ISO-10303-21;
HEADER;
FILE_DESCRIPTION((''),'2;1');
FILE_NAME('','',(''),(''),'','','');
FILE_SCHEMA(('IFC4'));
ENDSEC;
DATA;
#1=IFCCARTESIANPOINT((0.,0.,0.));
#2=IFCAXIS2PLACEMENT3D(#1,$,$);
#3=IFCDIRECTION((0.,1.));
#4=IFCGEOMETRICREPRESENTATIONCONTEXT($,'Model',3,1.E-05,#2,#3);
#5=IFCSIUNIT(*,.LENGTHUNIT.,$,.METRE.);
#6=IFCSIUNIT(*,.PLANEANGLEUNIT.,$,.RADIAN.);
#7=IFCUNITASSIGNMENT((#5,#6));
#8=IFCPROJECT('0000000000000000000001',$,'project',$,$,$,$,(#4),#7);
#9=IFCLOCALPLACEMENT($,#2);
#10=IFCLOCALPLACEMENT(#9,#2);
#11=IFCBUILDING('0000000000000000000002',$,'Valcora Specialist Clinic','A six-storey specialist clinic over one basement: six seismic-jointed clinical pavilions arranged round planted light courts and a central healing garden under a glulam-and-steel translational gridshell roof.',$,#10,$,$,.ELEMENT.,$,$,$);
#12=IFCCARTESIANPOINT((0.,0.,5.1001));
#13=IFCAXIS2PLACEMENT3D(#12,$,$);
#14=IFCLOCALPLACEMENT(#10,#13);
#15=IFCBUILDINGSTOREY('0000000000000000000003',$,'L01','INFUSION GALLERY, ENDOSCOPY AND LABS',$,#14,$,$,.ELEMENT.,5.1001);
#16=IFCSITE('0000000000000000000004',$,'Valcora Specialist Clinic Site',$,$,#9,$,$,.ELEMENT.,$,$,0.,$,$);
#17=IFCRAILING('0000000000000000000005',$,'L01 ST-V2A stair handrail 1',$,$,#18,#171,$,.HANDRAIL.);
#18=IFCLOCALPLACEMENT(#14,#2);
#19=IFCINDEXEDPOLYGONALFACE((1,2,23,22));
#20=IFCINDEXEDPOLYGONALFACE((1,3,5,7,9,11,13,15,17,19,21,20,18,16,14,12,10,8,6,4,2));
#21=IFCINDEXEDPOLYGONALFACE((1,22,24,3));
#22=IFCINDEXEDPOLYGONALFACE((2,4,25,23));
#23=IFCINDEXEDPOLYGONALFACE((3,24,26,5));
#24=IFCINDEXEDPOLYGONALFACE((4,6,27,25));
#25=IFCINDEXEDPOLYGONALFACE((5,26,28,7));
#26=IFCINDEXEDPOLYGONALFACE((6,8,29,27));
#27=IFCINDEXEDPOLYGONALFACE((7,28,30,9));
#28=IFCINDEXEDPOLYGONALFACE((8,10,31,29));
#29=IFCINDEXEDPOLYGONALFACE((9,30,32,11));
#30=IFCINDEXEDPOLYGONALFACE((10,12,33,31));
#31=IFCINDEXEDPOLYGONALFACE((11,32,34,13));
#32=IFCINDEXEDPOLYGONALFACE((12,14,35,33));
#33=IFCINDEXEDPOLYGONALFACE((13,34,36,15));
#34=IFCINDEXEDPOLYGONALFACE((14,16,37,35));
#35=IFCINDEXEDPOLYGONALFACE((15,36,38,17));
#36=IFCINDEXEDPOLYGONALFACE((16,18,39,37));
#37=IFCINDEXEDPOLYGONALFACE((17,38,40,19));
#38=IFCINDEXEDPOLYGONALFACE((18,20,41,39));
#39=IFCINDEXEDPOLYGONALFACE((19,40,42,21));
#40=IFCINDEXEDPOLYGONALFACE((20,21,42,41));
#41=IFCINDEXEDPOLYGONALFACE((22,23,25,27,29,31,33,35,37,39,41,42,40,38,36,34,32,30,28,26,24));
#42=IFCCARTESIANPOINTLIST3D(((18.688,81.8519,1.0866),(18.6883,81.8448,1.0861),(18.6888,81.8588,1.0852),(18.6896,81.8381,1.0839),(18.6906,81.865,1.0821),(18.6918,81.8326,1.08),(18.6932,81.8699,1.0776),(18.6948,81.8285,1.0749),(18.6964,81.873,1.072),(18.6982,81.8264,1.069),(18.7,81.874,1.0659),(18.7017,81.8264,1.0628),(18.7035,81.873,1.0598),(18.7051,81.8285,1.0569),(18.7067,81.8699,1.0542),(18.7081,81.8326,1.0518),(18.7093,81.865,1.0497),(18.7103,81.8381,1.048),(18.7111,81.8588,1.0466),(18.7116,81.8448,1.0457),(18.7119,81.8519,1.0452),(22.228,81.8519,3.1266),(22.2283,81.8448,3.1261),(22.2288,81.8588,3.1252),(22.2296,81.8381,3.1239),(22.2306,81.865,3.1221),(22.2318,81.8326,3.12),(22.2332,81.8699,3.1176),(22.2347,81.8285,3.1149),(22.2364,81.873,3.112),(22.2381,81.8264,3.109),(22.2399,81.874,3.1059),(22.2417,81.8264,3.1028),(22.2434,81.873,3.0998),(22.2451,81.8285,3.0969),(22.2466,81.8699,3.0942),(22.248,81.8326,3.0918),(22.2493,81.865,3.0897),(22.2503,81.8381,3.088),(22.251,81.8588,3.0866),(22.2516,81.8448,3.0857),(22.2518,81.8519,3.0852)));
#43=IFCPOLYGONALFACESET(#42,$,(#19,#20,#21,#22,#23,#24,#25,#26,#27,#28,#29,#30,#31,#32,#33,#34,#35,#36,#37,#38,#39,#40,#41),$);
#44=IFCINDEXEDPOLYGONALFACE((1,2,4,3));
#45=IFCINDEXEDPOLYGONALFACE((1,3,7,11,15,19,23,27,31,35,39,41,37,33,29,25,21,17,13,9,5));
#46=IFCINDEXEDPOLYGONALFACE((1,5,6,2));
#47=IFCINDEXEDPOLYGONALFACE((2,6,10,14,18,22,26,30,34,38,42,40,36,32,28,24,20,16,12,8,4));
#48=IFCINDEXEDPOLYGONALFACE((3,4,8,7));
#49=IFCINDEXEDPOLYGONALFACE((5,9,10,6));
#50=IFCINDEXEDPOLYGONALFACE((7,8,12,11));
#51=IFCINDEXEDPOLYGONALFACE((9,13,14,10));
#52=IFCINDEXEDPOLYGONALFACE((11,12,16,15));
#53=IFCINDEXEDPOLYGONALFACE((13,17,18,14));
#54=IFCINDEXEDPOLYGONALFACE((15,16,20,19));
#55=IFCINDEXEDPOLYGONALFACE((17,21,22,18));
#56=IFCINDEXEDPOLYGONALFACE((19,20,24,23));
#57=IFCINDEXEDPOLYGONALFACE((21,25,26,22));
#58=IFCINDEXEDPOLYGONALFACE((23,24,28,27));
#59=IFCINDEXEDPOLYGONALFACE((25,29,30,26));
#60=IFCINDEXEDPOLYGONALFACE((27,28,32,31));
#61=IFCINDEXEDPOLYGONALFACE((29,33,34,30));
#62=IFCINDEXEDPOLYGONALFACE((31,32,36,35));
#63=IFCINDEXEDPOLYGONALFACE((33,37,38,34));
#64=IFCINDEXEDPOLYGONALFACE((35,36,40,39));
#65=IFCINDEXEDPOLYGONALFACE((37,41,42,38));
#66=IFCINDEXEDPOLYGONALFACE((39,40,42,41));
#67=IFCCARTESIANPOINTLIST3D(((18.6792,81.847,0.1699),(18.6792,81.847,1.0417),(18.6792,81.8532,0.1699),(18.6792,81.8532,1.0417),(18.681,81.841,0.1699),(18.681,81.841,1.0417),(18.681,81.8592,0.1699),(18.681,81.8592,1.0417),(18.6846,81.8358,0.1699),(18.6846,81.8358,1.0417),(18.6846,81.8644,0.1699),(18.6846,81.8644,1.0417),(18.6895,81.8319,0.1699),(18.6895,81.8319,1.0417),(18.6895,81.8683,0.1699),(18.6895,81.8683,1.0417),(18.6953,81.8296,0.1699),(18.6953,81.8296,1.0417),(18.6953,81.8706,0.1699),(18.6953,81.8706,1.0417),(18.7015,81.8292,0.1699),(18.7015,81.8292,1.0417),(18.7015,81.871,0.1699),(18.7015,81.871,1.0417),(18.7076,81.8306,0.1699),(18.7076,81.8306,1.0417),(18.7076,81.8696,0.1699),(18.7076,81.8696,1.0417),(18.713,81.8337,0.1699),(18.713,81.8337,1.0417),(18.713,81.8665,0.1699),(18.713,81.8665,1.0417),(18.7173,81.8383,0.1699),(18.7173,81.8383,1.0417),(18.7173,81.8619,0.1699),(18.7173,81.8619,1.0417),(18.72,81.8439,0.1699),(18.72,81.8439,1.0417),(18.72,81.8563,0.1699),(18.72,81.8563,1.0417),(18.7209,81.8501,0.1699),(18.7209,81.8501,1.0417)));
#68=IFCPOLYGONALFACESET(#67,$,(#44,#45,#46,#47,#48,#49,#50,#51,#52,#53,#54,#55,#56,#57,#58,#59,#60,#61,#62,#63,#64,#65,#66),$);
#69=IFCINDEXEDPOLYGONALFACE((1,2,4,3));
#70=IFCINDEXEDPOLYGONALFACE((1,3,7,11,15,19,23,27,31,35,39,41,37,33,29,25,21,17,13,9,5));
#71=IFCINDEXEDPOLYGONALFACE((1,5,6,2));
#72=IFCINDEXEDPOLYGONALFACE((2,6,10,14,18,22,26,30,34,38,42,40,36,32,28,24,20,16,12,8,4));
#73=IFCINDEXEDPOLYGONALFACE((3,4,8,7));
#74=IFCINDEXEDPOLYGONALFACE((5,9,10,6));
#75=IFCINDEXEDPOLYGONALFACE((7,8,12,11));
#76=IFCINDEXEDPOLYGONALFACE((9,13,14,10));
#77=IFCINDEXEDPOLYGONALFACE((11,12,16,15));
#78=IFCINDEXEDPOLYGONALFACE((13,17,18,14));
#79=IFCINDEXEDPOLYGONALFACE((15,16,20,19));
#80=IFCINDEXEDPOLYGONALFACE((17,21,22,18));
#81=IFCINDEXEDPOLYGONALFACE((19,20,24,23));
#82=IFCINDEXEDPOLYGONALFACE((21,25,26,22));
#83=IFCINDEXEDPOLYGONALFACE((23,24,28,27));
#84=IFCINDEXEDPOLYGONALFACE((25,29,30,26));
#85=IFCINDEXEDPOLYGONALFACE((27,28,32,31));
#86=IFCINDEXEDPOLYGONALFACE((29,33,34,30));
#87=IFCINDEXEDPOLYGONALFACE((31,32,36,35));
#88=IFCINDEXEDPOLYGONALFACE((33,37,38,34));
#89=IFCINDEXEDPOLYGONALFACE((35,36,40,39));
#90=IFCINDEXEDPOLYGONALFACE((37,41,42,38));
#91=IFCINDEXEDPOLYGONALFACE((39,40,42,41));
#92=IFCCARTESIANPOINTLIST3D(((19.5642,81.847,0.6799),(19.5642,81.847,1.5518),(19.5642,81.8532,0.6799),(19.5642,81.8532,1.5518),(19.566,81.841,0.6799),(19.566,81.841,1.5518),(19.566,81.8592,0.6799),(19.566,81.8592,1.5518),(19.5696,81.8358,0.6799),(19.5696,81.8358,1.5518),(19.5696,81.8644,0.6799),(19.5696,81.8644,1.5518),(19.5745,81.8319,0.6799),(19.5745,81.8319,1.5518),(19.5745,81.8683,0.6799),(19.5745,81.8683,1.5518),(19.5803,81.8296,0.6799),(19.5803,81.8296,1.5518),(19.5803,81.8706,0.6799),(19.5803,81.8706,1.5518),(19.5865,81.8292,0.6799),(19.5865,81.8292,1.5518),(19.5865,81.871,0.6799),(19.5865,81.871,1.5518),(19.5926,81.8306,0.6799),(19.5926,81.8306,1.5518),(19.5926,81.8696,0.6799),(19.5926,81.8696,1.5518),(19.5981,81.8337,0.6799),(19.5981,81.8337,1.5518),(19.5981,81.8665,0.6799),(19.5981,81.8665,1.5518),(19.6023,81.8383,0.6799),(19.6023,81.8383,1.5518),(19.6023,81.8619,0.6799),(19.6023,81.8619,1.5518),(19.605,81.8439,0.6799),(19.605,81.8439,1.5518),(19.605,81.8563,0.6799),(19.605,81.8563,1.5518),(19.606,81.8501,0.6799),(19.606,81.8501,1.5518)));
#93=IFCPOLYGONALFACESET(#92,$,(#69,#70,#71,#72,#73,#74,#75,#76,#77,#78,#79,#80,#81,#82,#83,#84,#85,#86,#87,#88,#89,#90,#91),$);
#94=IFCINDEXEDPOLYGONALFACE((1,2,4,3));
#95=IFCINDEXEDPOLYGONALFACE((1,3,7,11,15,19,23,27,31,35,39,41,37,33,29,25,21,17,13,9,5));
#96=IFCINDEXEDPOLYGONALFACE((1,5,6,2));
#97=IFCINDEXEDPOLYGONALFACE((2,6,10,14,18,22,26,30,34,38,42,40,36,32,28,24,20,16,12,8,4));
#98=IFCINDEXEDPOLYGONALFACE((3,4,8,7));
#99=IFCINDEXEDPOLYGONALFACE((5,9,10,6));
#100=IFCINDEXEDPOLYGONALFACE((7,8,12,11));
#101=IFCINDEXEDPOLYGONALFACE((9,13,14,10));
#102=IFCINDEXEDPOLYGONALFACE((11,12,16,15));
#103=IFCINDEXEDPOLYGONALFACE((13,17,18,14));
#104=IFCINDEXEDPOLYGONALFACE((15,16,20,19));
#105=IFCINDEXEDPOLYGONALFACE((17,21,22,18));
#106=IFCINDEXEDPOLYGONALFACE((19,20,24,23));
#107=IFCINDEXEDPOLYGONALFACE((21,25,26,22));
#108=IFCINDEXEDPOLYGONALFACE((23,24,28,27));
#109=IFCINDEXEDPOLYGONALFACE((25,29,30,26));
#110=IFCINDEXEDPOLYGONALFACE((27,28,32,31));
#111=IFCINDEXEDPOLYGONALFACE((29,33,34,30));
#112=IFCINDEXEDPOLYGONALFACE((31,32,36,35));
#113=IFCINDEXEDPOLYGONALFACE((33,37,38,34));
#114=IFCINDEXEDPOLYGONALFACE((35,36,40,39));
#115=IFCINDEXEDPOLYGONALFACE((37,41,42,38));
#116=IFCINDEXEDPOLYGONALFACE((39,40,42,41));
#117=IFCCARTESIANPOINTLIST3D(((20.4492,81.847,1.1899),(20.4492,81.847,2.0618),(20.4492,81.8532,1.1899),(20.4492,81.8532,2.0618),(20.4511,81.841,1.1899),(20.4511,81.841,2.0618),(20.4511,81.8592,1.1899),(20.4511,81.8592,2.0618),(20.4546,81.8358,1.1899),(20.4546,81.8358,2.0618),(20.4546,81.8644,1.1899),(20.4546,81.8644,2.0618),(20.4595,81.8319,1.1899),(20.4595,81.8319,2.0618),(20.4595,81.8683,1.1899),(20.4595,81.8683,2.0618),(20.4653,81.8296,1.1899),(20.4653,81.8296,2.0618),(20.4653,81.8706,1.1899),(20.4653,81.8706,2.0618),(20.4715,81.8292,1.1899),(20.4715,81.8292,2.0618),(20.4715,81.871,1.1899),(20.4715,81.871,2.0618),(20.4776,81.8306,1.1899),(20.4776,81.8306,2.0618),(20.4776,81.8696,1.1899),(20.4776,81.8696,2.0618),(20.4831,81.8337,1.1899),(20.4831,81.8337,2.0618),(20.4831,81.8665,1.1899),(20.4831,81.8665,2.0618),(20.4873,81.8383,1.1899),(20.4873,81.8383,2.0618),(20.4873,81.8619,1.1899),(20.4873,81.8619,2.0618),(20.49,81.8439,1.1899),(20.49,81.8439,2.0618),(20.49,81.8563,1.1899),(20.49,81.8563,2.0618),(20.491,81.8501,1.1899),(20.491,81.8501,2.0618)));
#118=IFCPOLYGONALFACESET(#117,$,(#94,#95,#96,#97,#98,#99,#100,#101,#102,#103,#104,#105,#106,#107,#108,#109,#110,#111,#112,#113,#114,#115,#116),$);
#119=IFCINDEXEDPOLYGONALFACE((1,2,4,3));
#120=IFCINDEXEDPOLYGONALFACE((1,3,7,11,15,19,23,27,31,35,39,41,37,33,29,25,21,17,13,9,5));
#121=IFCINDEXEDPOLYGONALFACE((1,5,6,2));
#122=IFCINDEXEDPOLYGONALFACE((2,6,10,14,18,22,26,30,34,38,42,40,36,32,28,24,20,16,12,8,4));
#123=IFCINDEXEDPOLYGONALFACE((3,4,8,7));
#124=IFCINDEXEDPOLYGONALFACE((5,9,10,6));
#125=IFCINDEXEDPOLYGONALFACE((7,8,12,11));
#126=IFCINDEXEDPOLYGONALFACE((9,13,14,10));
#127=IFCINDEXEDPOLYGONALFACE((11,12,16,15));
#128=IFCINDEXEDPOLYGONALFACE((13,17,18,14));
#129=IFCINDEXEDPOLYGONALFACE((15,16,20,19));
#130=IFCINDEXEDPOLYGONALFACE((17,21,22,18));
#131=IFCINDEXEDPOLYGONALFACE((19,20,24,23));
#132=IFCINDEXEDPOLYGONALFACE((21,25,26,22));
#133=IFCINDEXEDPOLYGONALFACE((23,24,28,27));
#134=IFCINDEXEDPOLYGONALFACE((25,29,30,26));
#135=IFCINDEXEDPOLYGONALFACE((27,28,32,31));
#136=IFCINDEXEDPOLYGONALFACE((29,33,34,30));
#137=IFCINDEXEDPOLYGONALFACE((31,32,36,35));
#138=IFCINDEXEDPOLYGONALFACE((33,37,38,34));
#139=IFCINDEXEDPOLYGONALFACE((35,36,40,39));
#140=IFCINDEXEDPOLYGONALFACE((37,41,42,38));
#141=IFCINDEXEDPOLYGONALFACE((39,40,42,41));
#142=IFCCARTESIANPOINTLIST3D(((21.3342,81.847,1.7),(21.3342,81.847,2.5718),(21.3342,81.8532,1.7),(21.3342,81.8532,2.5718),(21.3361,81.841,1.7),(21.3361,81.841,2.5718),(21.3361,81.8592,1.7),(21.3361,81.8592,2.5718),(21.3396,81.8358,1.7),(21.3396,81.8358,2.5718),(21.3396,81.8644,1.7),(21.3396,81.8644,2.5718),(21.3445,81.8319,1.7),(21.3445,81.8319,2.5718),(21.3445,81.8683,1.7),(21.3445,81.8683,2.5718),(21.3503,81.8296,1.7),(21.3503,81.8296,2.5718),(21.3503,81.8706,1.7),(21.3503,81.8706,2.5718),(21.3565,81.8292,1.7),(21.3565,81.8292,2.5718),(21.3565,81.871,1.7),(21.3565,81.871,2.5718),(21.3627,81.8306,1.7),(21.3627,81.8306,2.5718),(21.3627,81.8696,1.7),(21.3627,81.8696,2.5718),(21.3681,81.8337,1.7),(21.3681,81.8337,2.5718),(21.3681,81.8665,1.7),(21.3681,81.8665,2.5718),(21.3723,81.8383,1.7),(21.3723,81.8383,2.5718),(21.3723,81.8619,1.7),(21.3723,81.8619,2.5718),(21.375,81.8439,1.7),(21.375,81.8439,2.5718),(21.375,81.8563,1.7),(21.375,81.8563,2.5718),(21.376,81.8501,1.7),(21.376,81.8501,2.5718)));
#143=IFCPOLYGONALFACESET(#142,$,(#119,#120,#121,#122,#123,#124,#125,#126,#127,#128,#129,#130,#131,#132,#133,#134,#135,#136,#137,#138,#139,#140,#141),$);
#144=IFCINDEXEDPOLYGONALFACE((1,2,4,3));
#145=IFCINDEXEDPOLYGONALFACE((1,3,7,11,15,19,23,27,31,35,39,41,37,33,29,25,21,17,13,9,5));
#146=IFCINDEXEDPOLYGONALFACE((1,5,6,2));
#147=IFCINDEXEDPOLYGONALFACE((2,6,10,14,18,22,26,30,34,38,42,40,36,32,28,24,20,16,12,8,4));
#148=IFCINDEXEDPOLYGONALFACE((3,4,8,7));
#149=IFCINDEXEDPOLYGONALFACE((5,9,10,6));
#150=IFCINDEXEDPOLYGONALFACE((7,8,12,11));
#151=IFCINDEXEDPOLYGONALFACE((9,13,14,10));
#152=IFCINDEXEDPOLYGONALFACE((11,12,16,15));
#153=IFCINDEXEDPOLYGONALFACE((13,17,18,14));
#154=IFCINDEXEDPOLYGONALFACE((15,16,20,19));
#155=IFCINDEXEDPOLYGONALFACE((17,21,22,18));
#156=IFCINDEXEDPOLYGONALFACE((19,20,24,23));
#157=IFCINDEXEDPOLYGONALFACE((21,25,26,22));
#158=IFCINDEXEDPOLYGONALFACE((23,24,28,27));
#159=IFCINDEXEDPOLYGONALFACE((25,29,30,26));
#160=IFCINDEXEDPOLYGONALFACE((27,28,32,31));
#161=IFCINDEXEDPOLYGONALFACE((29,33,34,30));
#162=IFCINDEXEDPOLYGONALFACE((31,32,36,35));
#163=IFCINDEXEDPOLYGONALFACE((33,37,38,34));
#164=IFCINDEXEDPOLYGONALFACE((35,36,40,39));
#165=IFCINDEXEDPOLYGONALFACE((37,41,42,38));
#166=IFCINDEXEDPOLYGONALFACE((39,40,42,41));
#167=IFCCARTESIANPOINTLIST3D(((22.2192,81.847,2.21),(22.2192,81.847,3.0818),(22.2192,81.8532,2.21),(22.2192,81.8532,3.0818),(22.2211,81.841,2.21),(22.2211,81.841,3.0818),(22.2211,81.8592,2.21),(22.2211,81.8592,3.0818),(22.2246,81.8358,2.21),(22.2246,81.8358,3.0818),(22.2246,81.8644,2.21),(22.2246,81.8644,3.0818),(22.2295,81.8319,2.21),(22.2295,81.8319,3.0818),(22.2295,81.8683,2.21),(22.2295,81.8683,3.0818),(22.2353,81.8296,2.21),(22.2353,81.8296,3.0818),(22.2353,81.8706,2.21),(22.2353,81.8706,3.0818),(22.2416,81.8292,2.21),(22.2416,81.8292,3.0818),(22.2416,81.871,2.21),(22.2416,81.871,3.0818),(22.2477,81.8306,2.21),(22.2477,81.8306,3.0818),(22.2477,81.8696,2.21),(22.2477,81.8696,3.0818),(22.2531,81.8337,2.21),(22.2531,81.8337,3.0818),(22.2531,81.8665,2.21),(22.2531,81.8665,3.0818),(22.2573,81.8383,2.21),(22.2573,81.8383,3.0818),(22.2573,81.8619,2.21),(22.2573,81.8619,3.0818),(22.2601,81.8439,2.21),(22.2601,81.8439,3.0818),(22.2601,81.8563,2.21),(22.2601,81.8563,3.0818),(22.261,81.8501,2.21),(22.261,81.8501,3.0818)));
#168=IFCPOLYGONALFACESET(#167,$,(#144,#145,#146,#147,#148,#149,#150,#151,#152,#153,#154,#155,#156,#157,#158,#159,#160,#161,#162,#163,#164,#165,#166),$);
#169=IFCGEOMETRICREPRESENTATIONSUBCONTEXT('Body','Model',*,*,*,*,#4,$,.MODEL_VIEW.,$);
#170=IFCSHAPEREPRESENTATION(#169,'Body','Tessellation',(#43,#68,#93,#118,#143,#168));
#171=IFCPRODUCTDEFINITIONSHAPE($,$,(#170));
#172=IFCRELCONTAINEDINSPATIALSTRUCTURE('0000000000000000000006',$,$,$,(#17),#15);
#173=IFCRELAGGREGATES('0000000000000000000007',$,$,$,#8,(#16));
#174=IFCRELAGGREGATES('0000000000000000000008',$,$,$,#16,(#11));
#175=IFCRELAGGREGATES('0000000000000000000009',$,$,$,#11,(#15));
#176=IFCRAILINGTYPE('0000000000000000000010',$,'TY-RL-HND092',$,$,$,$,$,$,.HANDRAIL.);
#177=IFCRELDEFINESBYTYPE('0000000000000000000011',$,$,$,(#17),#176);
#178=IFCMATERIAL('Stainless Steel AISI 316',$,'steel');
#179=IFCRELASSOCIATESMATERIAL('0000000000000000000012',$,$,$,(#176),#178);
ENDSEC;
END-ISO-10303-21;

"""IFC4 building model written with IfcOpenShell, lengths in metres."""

from ifc_helpers import new_model, si_unit, direction, frame, origin, origin_2d, place, context, subcontext, project, spatial, circle, extrude, material, type_object, element, save


model = new_model("IFC4")

# Units and contexts
model_context = context("Model", 3, precision=1e-05, world=origin(), true_north=direction((0.0, 1.0)))
body_context = subcontext(model_context, "Body", "Model", "MODEL_VIEW")
ifc_project = project(units=[si_unit("LENGTHUNIT", "METRE"), si_unit("PLANEANGLEUNIT", "RADIAN")], contexts=[model_context])

# Site, building, storey
site_placement = place(None, origin())
site = spatial("IfcSite", under=ifc_project, at=site_placement, Name="Valcora Specialist Clinic Site", CompositionType="ELEMENT", RefElevation=0.0)
building_placement = place(site_placement, origin())
building = spatial("IfcBuilding", under=site, at=building_placement, Name="Valcora Specialist Clinic", Description="A six-storey specialist clinic over one basement: six seismic-jointed clinical pavilions arranged round planted light courts and a central healing garden under a glulam-and-steel translational gridshell roof.", CompositionType="ELEMENT")
storey_placement = place(building_placement, frame((0.0, 0.0, 5.1001)))
storey = spatial("IfcBuildingStorey", under=building, at=storey_placement, Name="L01", Description="INFUSION GALLERY, ENDOSCOPY AND LABS", CompositionType="ELEMENT", Elevation=5.1001)

# Railing
ifc_material_1 = material(Name="Stainless Steel AISI 316", Category="steel")
railing_type_1 = type_object("IfcRailingType", Name="TY-RL-HND092", PredefinedType="HANDRAIL", material=ifc_material_1)
railing_1_placement = place(storey_placement, frame((18.7, 81.8501, 0.1699)))
element("IfcRailing", 1, at=railing_1_placement, inside=storey, type_object=railing_type_1, Name="L01 ST-V2A stair handrail 1", PredefinedType="HANDRAIL", context=body_context, shape_type="SweptSolid", body=[
    extrude(circle(Radius=0.0239, at=origin_2d()), frame((0.0, 0.0, 0.896), z_axis=(0.866428, 0.0, 0.499302), x_axis=(0.0, 1.0, 0.0)), (0.0, 0.0, 1.0), 4.0857),
    extrude(circle(Radius=0.021, at=origin_2d()), origin(), (0.0, 0.0, 1.0), 0.8718),
    extrude(circle(Radius=0.021, at=origin_2d()), frame((0.885, 0.0, 0.51)), (0.0, 0.0, 1.0), 0.8718),
    extrude(circle(Radius=0.021, at=origin_2d()), frame((1.77, 0.0, 1.02)), (0.0, 0.0, 1.0), 0.8718),
    extrude(circle(Radius=0.021, at=origin_2d()), frame((2.655, 0.0, 1.53)), (0.0, 0.0, 1.0), 0.8718),
    extrude(circle(Radius=0.021, at=origin_2d()), frame((3.54, 0.0, 2.04)), (0.0, 0.0, 1.0), 0.8718),
])

save(model, "model.ifc")
